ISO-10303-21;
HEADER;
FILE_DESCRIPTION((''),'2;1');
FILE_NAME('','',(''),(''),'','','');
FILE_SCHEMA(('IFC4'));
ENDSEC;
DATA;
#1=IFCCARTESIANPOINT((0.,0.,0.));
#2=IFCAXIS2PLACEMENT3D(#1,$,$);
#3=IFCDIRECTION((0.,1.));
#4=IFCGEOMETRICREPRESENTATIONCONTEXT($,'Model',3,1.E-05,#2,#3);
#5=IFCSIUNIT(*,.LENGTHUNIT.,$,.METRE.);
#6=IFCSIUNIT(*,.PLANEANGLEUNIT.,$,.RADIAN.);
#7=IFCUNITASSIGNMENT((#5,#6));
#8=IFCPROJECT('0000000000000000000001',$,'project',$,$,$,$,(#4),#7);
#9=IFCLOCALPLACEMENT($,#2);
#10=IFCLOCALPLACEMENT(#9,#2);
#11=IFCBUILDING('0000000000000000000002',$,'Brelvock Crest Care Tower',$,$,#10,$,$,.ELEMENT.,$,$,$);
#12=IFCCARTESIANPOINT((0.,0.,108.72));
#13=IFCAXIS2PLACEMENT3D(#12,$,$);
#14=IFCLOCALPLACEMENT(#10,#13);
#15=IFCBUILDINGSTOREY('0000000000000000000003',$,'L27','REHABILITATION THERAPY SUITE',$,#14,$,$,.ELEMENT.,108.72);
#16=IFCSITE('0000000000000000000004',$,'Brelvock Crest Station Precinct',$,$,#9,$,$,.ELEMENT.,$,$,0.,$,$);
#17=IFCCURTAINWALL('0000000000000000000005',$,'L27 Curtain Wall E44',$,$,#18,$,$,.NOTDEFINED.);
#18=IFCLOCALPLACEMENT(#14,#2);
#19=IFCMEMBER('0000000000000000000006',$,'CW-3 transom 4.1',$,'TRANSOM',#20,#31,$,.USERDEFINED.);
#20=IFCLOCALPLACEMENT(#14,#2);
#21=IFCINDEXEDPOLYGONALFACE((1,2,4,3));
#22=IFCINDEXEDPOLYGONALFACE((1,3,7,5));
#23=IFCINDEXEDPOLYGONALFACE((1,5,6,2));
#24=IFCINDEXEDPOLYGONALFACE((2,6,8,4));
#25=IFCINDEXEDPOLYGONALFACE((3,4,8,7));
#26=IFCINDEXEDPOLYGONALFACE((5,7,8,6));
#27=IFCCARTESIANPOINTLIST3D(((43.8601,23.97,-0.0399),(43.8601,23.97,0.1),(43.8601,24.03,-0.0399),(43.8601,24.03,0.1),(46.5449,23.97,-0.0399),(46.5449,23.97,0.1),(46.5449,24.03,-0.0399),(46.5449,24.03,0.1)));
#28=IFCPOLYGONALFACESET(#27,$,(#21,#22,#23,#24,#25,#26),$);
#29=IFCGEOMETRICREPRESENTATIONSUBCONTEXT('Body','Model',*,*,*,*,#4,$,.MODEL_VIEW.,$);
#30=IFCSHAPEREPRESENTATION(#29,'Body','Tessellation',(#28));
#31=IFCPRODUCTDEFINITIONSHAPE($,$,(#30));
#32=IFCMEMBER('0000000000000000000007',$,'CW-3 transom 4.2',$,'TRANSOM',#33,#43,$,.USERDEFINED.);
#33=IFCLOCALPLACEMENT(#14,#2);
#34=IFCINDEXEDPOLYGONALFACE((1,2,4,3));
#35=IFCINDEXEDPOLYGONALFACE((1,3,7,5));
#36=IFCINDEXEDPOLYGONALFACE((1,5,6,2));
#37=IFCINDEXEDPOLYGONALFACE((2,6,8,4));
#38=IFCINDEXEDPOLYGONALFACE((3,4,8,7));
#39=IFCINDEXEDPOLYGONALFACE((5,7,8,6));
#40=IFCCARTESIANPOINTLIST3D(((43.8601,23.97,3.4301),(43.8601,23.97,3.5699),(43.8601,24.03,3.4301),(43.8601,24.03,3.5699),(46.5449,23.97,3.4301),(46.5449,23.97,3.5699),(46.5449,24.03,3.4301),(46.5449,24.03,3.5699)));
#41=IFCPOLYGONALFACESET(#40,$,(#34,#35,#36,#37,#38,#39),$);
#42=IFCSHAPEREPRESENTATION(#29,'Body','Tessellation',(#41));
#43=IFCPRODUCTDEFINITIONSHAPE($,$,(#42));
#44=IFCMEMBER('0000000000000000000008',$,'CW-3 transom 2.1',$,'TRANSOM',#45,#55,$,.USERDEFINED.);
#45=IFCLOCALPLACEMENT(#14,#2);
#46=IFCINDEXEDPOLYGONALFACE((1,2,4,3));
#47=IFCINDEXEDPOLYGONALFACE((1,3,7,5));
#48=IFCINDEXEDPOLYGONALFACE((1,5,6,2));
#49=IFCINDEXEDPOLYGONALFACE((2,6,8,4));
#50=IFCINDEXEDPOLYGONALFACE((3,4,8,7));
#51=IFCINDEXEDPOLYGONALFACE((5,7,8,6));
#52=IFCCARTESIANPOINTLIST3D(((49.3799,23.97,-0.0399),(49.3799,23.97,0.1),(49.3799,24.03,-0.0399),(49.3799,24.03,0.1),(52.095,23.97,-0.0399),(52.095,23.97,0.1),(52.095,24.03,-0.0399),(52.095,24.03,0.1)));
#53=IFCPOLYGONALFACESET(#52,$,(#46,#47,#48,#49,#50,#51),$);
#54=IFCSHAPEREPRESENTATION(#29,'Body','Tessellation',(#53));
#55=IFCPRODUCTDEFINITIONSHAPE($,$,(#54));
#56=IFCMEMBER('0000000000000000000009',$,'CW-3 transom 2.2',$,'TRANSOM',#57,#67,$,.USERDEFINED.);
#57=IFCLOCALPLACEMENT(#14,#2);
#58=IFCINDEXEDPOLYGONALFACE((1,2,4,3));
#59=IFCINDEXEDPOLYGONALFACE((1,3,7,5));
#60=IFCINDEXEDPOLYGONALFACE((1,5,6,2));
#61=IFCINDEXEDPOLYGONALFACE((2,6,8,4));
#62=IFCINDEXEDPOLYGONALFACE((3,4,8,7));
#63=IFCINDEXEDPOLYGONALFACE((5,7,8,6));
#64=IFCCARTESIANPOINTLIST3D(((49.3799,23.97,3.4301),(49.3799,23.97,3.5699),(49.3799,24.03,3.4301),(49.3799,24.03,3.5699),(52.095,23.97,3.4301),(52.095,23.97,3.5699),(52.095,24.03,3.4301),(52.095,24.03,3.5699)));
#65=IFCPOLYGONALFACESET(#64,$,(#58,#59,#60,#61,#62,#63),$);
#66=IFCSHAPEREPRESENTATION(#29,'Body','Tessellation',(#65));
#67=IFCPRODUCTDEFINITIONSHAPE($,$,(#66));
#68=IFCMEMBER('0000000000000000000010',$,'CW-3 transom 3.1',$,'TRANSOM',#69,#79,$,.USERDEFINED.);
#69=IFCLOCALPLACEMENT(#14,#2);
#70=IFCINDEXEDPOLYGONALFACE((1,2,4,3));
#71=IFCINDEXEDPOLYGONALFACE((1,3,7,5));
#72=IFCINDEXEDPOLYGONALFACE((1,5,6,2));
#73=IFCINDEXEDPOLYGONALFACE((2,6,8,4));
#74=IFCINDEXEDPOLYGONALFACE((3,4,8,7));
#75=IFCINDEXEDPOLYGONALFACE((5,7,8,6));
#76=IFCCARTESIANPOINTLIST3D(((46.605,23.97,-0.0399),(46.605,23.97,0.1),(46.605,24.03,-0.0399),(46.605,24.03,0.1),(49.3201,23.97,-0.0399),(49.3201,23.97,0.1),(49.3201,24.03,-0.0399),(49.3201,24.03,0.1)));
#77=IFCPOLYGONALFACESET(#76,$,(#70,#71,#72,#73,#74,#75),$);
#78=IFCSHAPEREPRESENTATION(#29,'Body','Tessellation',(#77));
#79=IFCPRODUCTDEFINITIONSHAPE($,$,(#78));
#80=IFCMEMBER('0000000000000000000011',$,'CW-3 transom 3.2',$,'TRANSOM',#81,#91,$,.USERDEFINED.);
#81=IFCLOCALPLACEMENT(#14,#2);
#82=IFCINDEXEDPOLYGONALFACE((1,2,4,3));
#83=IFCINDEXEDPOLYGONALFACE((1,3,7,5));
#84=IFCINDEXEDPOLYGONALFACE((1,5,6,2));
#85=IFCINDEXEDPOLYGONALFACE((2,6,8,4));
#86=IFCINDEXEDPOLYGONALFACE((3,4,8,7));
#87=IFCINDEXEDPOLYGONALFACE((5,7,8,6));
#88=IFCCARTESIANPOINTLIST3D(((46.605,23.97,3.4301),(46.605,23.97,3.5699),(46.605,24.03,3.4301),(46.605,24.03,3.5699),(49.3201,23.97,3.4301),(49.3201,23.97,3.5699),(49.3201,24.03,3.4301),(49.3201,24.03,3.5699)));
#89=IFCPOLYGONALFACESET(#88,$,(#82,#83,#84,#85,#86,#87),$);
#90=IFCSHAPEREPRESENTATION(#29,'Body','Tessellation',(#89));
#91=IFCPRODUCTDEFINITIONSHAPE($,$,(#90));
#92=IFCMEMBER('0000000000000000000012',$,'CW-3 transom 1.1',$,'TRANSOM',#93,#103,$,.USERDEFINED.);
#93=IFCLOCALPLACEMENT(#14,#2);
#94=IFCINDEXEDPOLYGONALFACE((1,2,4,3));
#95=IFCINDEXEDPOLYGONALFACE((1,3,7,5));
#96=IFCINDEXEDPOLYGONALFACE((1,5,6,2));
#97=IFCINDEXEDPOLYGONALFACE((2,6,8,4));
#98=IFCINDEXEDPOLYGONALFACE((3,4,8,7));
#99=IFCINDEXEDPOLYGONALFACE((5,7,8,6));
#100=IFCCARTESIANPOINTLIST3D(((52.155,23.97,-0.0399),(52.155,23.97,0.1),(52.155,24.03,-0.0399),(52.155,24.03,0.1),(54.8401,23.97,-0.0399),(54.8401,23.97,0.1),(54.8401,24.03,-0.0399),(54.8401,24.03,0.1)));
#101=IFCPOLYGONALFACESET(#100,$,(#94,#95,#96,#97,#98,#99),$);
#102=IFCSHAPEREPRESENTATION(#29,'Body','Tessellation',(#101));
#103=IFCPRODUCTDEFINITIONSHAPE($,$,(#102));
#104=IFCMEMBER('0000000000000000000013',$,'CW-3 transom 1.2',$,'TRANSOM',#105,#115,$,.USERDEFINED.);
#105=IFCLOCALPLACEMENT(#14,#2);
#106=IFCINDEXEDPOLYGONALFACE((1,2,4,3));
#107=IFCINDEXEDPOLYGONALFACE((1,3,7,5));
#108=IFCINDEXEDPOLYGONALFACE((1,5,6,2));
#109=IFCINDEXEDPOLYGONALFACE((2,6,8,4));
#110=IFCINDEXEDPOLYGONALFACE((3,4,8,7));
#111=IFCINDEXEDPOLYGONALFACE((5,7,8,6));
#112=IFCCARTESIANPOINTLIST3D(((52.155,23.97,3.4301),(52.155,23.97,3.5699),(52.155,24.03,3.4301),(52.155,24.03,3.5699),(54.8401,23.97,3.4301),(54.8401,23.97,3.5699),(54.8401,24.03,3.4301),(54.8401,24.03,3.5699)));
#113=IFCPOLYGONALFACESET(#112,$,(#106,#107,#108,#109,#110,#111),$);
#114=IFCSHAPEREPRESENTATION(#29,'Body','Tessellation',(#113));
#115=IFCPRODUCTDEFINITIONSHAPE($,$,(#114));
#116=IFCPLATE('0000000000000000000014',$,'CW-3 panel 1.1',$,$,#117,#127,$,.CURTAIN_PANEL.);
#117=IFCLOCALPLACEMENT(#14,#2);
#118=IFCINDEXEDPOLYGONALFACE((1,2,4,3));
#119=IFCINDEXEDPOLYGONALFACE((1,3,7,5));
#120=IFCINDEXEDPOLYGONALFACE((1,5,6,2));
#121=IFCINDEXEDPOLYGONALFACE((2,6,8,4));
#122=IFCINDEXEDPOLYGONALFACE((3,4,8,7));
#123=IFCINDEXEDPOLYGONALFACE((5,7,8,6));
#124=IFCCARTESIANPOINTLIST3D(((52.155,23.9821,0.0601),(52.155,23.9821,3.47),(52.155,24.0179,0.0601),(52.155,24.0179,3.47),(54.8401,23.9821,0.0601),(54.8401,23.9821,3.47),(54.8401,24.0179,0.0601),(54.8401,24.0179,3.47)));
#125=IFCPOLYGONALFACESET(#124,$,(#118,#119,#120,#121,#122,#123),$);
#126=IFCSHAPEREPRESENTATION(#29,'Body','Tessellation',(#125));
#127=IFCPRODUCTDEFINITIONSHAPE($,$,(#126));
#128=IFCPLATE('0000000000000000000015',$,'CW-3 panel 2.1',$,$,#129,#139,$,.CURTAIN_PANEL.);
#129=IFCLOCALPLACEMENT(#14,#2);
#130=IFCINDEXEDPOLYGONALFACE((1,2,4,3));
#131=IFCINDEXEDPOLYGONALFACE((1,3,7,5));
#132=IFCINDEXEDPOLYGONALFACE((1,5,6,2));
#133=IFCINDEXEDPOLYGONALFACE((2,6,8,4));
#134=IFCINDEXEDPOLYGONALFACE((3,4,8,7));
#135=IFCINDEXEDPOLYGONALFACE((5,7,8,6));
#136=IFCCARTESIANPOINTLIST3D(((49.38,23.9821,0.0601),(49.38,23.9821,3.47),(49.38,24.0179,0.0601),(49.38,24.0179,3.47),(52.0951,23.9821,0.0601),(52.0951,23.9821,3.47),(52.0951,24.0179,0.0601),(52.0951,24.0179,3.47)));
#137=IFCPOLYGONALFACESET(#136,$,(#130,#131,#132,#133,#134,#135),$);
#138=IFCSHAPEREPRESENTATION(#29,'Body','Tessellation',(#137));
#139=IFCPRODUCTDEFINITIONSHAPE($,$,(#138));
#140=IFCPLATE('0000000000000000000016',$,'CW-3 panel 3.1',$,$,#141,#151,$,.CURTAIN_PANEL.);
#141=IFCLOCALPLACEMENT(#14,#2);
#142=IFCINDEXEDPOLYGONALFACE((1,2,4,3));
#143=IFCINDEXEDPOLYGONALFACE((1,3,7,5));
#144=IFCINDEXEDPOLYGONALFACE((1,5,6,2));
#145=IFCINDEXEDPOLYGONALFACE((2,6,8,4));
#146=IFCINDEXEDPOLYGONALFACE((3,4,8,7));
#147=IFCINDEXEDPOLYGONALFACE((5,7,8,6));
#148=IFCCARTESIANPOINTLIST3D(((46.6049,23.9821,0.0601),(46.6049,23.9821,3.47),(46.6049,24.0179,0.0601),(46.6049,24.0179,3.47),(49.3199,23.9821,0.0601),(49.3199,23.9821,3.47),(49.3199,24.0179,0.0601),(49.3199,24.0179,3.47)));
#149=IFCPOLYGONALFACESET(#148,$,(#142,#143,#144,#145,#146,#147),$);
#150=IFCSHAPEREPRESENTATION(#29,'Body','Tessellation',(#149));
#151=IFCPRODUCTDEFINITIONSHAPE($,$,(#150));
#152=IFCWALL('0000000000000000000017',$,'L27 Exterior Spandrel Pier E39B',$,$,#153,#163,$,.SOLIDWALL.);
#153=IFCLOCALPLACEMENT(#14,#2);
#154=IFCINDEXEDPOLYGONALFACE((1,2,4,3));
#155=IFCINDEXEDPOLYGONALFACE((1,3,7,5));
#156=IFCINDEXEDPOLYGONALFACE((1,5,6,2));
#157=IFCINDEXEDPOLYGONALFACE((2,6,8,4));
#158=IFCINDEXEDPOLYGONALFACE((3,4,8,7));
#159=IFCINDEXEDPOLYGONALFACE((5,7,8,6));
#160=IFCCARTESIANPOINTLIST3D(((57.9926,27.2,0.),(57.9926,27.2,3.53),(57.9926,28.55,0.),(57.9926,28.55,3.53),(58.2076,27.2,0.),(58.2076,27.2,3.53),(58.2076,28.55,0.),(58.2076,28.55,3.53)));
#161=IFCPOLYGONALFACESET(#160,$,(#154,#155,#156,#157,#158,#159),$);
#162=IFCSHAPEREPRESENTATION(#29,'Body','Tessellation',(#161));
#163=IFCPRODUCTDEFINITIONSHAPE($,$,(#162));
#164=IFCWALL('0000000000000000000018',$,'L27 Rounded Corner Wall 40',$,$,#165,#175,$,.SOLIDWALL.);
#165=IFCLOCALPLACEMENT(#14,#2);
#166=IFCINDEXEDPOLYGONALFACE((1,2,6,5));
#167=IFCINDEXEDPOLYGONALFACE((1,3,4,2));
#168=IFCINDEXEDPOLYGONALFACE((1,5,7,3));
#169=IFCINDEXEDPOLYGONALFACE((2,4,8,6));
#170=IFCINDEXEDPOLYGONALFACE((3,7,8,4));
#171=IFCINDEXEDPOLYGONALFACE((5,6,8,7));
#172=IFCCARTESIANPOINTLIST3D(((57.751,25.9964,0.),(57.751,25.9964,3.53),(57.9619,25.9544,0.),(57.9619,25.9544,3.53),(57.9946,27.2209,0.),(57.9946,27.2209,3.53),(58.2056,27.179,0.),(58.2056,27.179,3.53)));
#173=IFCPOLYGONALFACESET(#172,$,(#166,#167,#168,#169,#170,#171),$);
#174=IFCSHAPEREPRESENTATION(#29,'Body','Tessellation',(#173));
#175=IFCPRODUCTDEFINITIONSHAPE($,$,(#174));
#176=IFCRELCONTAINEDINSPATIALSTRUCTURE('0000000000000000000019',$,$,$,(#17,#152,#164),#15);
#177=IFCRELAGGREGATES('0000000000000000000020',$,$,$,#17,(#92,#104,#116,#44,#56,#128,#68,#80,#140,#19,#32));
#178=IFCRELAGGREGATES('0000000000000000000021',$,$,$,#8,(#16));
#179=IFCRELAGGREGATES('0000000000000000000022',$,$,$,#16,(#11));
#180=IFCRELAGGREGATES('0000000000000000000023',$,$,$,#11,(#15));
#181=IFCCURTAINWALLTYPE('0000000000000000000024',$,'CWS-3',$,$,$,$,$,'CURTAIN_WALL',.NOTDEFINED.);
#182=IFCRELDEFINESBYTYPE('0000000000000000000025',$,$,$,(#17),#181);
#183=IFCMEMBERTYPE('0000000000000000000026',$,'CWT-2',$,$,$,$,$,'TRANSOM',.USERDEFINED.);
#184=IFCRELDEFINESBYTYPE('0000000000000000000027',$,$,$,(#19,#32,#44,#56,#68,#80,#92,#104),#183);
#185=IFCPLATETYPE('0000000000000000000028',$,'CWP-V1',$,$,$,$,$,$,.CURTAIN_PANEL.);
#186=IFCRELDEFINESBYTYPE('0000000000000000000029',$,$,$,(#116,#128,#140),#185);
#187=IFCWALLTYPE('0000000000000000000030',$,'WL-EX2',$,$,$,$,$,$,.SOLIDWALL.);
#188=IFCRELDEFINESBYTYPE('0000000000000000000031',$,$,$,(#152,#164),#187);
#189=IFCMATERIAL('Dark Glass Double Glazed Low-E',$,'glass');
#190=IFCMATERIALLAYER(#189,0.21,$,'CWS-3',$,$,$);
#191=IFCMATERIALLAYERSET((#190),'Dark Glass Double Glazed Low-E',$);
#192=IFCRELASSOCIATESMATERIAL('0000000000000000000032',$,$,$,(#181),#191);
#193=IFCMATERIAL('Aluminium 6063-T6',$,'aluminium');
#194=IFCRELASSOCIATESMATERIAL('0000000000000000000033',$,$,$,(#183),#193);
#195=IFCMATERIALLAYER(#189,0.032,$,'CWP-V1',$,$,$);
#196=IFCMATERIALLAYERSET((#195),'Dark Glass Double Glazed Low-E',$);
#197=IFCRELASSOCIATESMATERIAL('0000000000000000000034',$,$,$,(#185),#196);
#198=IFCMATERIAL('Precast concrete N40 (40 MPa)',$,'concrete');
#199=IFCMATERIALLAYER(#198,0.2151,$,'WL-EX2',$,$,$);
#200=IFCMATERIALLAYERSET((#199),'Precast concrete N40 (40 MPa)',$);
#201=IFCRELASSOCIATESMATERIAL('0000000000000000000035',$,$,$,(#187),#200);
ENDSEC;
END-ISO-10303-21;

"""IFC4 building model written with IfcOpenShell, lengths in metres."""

from ifc_helpers import new_model, si_unit, direction, frame, frame_2d, origin, origin_2d, place, context, subcontext, project, spatial, rectangle, extrude, source, transform, mapped, material, layer, layer_set, material_profile, profile_set, type_object, element, aggregate, save


model = new_model("IFC4")

# Units and contexts
model_context = context("Model", 3, precision=1e-05, world=origin(), true_north=direction((0.0, 1.0)))
body_context = subcontext(model_context, "Body", "Model", "MODEL_VIEW")
ifc_project = project(units=[si_unit("LENGTHUNIT", "METRE"), si_unit("PLANEANGLEUNIT", "RADIAN")], contexts=[model_context])

# Site, building, storey
site_placement = place(None, origin())
site = spatial("IfcSite", under=ifc_project, at=site_placement, Name="Brelvock Crest Station Precinct", CompositionType="ELEMENT", RefElevation=0.0)
building_placement = place(site_placement, origin())
building = spatial("IfcBuilding", under=site, at=building_placement, Name="Brelvock Crest Care Tower", CompositionType="ELEMENT")
storey_placement = place(building_placement, frame((0.0, 0.0, 108.72)))
storey = spatial("IfcBuildingStorey", under=building, at=storey_placement, Name="L27", Description="REHABILITATION THERAPY SUITE", CompositionType="ELEMENT", Elevation=108.72)

# Curtain wall, members, plates
ifc_material_1 = material(Name="Dark Glass Double Glazed Low-E", Category="glass")
ifc_layer_1 = layer(ifc_material_1, 0.21, Name="CWS-3")
ifc_layer_set_1 = layer_set([ifc_layer_1], Name="Dark Glass Double Glazed Low-E")
curtain_wall_type = type_object("IfcCurtainWallType", Name="CWS-3", ElementType="CURTAIN_WALL", PredefinedType="NOTDEFINED", material=ifc_layer_set_1)
curtain_wall_placement = place(storey_placement, origin())
curtain_wall = element("IfcCurtainWall", 1, at=curtain_wall_placement, inside=storey, type_object=curtain_wall_type, Name="L27 Curtain Wall E44", PredefinedType="NOTDEFINED")
ifc_material_2 = material(Name="Aluminium 6063-T6", Category="aluminium")
ifc_material_profile_1 = material_profile(ifc_material_2, rectangle(XDim=0.0601, YDim=0.1399, at=origin_2d()), Name="ALU60x140")
ifc_profile_set_1 = profile_set([ifc_material_profile_1], Name="Aluminium 6063-T6")
member_type_1 = type_object("IfcMemberType", Name="CWT-2", ElementType="TRANSOM", PredefinedType="USERDEFINED", material=ifc_profile_set_1)
shared_shape_1 = source(origin(), body_context, "Body", "SweptSolid", [
    extrude(rectangle(XDim=0.0601, YDim=0.1399, at=origin_2d()), origin(), (0.0, 0.0, 1.0), 2.6848),
])
member_1_placement = place(storey_placement, frame((46.5449, 24.0, 0.03), z_axis=(-1.0, 0.0, 0.0), x_axis=(0.0, -1.0, 0.0)))
member_1 = element("IfcMember", 2, at=member_1_placement, type_object=member_type_1, Name="CW-3 transom 4.1", ObjectType="TRANSOM", PredefinedType="USERDEFINED", context=body_context, shape_type="MappedRepresentation", body=[
    mapped(shared_shape_1, transform((0.0, 0.0, 0.0), x_axis=(1.0, 0.0, 0.0), y_axis=(0.0, 1.0, 0.0), z_axis=(0.0, 0.0, 1.0), scale=1.0)),
])
member_2_placement = place(storey_placement, frame((46.5449, 24.0, 3.5), z_axis=(-1.0, 0.0, 0.0), x_axis=(0.0, -1.0, 0.0)))
member_2 = element("IfcMember", 3, at=member_2_placement, type_object=member_type_1, Name="CW-3 transom 4.2", ObjectType="TRANSOM", PredefinedType="USERDEFINED", context=body_context, shape_type="MappedRepresentation", body=[
    mapped(shared_shape_1, transform((0.0, 0.0, 0.0), x_axis=(1.0, 0.0, 0.0), y_axis=(0.0, 1.0, 0.0), z_axis=(0.0, 0.0, 1.0), scale=1.0)),
])
shared_shape_2 = source(origin(), body_context, "Body", "SweptSolid", [
    extrude(rectangle(XDim=0.0601, YDim=0.1399, at=origin_2d()), origin(), (0.0, 0.0, 1.0), 2.7151),
])
member_3_placement = place(storey_placement, frame((52.095, 24.0, 0.03), z_axis=(-1.0, 0.0, 0.0), x_axis=(0.0, -1.0, 0.0)))
member_3 = element("IfcMember", 4, at=member_3_placement, type_object=member_type_1, Name="CW-3 transom 2.1", ObjectType="TRANSOM", PredefinedType="USERDEFINED", context=body_context, shape_type="MappedRepresentation", body=[
    mapped(shared_shape_2, transform((0.0, 0.0, 0.0), x_axis=(1.0, 0.0, 0.0), y_axis=(0.0, 1.0, 0.0), z_axis=(0.0, 0.0, 1.0), scale=1.0)),
])
member_4_placement = place(storey_placement, frame((52.095, 24.0, 3.5), z_axis=(-1.0, 0.0, 0.0), x_axis=(0.0, -1.0, 0.0)))
member_4 = element("IfcMember", 5, at=member_4_placement, type_object=member_type_1, Name="CW-3 transom 2.2", ObjectType="TRANSOM", PredefinedType="USERDEFINED", context=body_context, shape_type="MappedRepresentation", body=[
    mapped(shared_shape_2, transform((0.0, 0.0, 0.0), x_axis=(1.0, 0.0, 0.0), y_axis=(0.0, 1.0, 0.0), z_axis=(0.0, 0.0, 1.0), scale=1.0)),
])
member_5_placement = place(storey_placement, frame((49.3201, 24.0, 0.03), z_axis=(-1.0, 0.0, 0.0), x_axis=(0.0, -1.0, 0.0)))
member_5 = element("IfcMember", 6, at=member_5_placement, type_object=member_type_1, Name="CW-3 transom 3.1", ObjectType="TRANSOM", PredefinedType="USERDEFINED", context=body_context, shape_type="MappedRepresentation", body=[
    mapped(shared_shape_2, transform((0.0, 0.0, 0.0), x_axis=(1.0, 0.0, 0.0), y_axis=(0.0, 1.0, 0.0), z_axis=(0.0, 0.0, 1.0), scale=1.0)),
])
member_6_placement = place(storey_placement, frame((49.3201, 24.0, 3.5), z_axis=(-1.0, 0.0, 0.0), x_axis=(0.0, -1.0, 0.0)))
member_6 = element("IfcMember", 7, at=member_6_placement, type_object=member_type_1, Name="CW-3 transom 3.2", ObjectType="TRANSOM", PredefinedType="USERDEFINED", context=body_context, shape_type="MappedRepresentation", body=[
    mapped(shared_shape_2, transform((0.0, 0.0, 0.0), x_axis=(1.0, 0.0, 0.0), y_axis=(0.0, 1.0, 0.0), z_axis=(0.0, 0.0, 1.0), scale=1.0)),
])
shared_shape_3 = source(origin(), body_context, "Body", "SweptSolid", [
    extrude(rectangle(XDim=0.0601, YDim=0.1399, at=origin_2d()), origin(), (0.0, 0.0, 1.0), 2.6851),
])
member_7_placement = place(storey_placement, frame((54.8401, 24.0, 0.03), z_axis=(-1.0, 0.0, 0.0), x_axis=(0.0, -1.0, 0.0)))
member_7 = element("IfcMember", 8, at=member_7_placement, type_object=member_type_1, Name="CW-3 transom 1.1", ObjectType="TRANSOM", PredefinedType="USERDEFINED", context=body_context, shape_type="MappedRepresentation", body=[
    mapped(shared_shape_3, transform((0.0, 0.0, 0.0), x_axis=(1.0, 0.0, 0.0), y_axis=(0.0, 1.0, 0.0), z_axis=(0.0, 0.0, 1.0), scale=1.0)),
])
member_8_placement = place(storey_placement, frame((54.8401, 24.0, 3.5), z_axis=(-1.0, 0.0, 0.0), x_axis=(0.0, -1.0, 0.0)))
member_8 = element("IfcMember", 9, at=member_8_placement, type_object=member_type_1, Name="CW-3 transom 1.2", ObjectType="TRANSOM", PredefinedType="USERDEFINED", context=body_context, shape_type="MappedRepresentation", body=[
    mapped(shared_shape_3, transform((0.0, 0.0, 0.0), x_axis=(1.0, 0.0, 0.0), y_axis=(0.0, 1.0, 0.0), z_axis=(0.0, 0.0, 1.0), scale=1.0)),
])
ifc_layer_2 = layer(ifc_material_1, 0.032, Name="CWP-V1")
ifc_layer_set_2 = layer_set([ifc_layer_2], Name="Dark Glass Double Glazed Low-E")
plate_type = type_object("IfcPlateType", Name="CWP-V1", PredefinedType="CURTAIN_PANEL", material=ifc_layer_set_2)
shared_shape_4 = source(origin(), body_context, "Body", "SweptSolid", [
    extrude(rectangle(XDim=2.6851, YDim=0.0359, at=origin_2d()), origin(), (0.0, 0.0, 1.0), 3.4099),
])
plate_1_placement = place(storey_placement, frame((53.4976, 24.0, 0.0601), z_axis=(0.0, 0.0, 1.0), x_axis=(-1.0, 0.0, 0.0)))
plate_1 = element("IfcPlate", 10, at=plate_1_placement, type_object=plate_type, Name="CW-3 panel 1.1", PredefinedType="CURTAIN_PANEL", context=body_context, shape_type="MappedRepresentation", body=[
    mapped(shared_shape_4, transform((0.0, 0.0, 0.0), x_axis=(1.0, 0.0, 0.0), y_axis=(0.0, 1.0, 0.0), z_axis=(0.0, 0.0, 1.0), scale=1.0)),
])
shared_shape_5 = source(origin(), body_context, "Body", "SweptSolid", [
    extrude(rectangle(XDim=2.7151, YDim=0.0359, at=origin_2d()), origin(), (0.0, 0.0, 1.0), 3.4099),
])
plate_2_placement = place(storey_placement, frame((50.7375, 24.0, 0.0601), z_axis=(0.0, 0.0, 1.0), x_axis=(-1.0, 0.0, 0.0)))
plate_2 = element("IfcPlate", 11, at=plate_2_placement, type_object=plate_type, Name="CW-3 panel 2.1", PredefinedType="CURTAIN_PANEL", context=body_context, shape_type="MappedRepresentation", body=[
    mapped(shared_shape_5, transform((0.0, 0.0, 0.0), x_axis=(1.0, 0.0, 0.0), y_axis=(0.0, 1.0, 0.0), z_axis=(0.0, 0.0, 1.0), scale=1.0)),
])
plate_3_placement = place(storey_placement, frame((47.9624, 24.0, 0.0601), z_axis=(0.0, 0.0, 1.0), x_axis=(-1.0, 0.0, 0.0)))
plate_3 = element("IfcPlate", 12, at=plate_3_placement, type_object=plate_type, Name="CW-3 panel 3.1", PredefinedType="CURTAIN_PANEL", context=body_context, shape_type="MappedRepresentation", body=[
    mapped(shared_shape_5, transform((0.0, 0.0, 0.0), x_axis=(1.0, 0.0, 0.0), y_axis=(0.0, 1.0, 0.0), z_axis=(0.0, 0.0, 1.0), scale=1.0)),
])
aggregate(curtain_wall, [member_7, member_8, plate_1, member_3, member_4, plate_2, member_5, member_6, plate_3, member_1, member_2])

# Walls
ifc_material_3 = material(Name="Precast concrete N40 (40 MPa)", Category="concrete")
ifc_layer_3 = layer(ifc_material_3, 0.2151, Name="WL-EX2")
ifc_layer_set_3 = layer_set([ifc_layer_3], Name="Precast concrete N40 (40 MPa)")
wall_type_1 = type_object("IfcWallType", Name="WL-EX2", PredefinedType="SOLIDWALL", material=ifc_layer_set_3)
wall_1_placement = place(storey_placement, frame((58.1001, 28.55, 0.0), z_axis=(0.0, 0.0, 1.0), x_axis=(0.0, -1.0, 0.0)))
element("IfcWall", 13, at=wall_1_placement, inside=storey, type_object=wall_type_1, Name="L27 Exterior Spandrel Pier E39B", PredefinedType="SOLIDWALL", context=body_context, shape_type="SweptSolid", body=[
    extrude(rectangle(XDim=1.3501, YDim=0.2151, at=frame_2d((0.675, 0.0))), origin(), (0.0, 0.0, 1.0), 3.53),
])
for number, where, z_axis, x_axis, name in (
    (14, (58.1001, 27.2, 0.0), (0.0, 0.0, 1.0), (-0.195138, -0.980776, 0.0), "L27 Rounded Corner Wall 40"),
):
    element("IfcWall", number, at=place(storey_placement, frame(where, z_axis=z_axis, x_axis=x_axis)), inside=storey, type_object=wall_type_1, Name=name, PredefinedType="SOLIDWALL", context=body_context, shape_type="SweptSolid", body=[
        extrude(rectangle(XDim=1.2485, YDim=0.2151, at=frame_2d((0.6243, 0.0))), origin(), (0.0, 0.0, 1.0), 3.53),
    ])

save(model, "model.ifc")
